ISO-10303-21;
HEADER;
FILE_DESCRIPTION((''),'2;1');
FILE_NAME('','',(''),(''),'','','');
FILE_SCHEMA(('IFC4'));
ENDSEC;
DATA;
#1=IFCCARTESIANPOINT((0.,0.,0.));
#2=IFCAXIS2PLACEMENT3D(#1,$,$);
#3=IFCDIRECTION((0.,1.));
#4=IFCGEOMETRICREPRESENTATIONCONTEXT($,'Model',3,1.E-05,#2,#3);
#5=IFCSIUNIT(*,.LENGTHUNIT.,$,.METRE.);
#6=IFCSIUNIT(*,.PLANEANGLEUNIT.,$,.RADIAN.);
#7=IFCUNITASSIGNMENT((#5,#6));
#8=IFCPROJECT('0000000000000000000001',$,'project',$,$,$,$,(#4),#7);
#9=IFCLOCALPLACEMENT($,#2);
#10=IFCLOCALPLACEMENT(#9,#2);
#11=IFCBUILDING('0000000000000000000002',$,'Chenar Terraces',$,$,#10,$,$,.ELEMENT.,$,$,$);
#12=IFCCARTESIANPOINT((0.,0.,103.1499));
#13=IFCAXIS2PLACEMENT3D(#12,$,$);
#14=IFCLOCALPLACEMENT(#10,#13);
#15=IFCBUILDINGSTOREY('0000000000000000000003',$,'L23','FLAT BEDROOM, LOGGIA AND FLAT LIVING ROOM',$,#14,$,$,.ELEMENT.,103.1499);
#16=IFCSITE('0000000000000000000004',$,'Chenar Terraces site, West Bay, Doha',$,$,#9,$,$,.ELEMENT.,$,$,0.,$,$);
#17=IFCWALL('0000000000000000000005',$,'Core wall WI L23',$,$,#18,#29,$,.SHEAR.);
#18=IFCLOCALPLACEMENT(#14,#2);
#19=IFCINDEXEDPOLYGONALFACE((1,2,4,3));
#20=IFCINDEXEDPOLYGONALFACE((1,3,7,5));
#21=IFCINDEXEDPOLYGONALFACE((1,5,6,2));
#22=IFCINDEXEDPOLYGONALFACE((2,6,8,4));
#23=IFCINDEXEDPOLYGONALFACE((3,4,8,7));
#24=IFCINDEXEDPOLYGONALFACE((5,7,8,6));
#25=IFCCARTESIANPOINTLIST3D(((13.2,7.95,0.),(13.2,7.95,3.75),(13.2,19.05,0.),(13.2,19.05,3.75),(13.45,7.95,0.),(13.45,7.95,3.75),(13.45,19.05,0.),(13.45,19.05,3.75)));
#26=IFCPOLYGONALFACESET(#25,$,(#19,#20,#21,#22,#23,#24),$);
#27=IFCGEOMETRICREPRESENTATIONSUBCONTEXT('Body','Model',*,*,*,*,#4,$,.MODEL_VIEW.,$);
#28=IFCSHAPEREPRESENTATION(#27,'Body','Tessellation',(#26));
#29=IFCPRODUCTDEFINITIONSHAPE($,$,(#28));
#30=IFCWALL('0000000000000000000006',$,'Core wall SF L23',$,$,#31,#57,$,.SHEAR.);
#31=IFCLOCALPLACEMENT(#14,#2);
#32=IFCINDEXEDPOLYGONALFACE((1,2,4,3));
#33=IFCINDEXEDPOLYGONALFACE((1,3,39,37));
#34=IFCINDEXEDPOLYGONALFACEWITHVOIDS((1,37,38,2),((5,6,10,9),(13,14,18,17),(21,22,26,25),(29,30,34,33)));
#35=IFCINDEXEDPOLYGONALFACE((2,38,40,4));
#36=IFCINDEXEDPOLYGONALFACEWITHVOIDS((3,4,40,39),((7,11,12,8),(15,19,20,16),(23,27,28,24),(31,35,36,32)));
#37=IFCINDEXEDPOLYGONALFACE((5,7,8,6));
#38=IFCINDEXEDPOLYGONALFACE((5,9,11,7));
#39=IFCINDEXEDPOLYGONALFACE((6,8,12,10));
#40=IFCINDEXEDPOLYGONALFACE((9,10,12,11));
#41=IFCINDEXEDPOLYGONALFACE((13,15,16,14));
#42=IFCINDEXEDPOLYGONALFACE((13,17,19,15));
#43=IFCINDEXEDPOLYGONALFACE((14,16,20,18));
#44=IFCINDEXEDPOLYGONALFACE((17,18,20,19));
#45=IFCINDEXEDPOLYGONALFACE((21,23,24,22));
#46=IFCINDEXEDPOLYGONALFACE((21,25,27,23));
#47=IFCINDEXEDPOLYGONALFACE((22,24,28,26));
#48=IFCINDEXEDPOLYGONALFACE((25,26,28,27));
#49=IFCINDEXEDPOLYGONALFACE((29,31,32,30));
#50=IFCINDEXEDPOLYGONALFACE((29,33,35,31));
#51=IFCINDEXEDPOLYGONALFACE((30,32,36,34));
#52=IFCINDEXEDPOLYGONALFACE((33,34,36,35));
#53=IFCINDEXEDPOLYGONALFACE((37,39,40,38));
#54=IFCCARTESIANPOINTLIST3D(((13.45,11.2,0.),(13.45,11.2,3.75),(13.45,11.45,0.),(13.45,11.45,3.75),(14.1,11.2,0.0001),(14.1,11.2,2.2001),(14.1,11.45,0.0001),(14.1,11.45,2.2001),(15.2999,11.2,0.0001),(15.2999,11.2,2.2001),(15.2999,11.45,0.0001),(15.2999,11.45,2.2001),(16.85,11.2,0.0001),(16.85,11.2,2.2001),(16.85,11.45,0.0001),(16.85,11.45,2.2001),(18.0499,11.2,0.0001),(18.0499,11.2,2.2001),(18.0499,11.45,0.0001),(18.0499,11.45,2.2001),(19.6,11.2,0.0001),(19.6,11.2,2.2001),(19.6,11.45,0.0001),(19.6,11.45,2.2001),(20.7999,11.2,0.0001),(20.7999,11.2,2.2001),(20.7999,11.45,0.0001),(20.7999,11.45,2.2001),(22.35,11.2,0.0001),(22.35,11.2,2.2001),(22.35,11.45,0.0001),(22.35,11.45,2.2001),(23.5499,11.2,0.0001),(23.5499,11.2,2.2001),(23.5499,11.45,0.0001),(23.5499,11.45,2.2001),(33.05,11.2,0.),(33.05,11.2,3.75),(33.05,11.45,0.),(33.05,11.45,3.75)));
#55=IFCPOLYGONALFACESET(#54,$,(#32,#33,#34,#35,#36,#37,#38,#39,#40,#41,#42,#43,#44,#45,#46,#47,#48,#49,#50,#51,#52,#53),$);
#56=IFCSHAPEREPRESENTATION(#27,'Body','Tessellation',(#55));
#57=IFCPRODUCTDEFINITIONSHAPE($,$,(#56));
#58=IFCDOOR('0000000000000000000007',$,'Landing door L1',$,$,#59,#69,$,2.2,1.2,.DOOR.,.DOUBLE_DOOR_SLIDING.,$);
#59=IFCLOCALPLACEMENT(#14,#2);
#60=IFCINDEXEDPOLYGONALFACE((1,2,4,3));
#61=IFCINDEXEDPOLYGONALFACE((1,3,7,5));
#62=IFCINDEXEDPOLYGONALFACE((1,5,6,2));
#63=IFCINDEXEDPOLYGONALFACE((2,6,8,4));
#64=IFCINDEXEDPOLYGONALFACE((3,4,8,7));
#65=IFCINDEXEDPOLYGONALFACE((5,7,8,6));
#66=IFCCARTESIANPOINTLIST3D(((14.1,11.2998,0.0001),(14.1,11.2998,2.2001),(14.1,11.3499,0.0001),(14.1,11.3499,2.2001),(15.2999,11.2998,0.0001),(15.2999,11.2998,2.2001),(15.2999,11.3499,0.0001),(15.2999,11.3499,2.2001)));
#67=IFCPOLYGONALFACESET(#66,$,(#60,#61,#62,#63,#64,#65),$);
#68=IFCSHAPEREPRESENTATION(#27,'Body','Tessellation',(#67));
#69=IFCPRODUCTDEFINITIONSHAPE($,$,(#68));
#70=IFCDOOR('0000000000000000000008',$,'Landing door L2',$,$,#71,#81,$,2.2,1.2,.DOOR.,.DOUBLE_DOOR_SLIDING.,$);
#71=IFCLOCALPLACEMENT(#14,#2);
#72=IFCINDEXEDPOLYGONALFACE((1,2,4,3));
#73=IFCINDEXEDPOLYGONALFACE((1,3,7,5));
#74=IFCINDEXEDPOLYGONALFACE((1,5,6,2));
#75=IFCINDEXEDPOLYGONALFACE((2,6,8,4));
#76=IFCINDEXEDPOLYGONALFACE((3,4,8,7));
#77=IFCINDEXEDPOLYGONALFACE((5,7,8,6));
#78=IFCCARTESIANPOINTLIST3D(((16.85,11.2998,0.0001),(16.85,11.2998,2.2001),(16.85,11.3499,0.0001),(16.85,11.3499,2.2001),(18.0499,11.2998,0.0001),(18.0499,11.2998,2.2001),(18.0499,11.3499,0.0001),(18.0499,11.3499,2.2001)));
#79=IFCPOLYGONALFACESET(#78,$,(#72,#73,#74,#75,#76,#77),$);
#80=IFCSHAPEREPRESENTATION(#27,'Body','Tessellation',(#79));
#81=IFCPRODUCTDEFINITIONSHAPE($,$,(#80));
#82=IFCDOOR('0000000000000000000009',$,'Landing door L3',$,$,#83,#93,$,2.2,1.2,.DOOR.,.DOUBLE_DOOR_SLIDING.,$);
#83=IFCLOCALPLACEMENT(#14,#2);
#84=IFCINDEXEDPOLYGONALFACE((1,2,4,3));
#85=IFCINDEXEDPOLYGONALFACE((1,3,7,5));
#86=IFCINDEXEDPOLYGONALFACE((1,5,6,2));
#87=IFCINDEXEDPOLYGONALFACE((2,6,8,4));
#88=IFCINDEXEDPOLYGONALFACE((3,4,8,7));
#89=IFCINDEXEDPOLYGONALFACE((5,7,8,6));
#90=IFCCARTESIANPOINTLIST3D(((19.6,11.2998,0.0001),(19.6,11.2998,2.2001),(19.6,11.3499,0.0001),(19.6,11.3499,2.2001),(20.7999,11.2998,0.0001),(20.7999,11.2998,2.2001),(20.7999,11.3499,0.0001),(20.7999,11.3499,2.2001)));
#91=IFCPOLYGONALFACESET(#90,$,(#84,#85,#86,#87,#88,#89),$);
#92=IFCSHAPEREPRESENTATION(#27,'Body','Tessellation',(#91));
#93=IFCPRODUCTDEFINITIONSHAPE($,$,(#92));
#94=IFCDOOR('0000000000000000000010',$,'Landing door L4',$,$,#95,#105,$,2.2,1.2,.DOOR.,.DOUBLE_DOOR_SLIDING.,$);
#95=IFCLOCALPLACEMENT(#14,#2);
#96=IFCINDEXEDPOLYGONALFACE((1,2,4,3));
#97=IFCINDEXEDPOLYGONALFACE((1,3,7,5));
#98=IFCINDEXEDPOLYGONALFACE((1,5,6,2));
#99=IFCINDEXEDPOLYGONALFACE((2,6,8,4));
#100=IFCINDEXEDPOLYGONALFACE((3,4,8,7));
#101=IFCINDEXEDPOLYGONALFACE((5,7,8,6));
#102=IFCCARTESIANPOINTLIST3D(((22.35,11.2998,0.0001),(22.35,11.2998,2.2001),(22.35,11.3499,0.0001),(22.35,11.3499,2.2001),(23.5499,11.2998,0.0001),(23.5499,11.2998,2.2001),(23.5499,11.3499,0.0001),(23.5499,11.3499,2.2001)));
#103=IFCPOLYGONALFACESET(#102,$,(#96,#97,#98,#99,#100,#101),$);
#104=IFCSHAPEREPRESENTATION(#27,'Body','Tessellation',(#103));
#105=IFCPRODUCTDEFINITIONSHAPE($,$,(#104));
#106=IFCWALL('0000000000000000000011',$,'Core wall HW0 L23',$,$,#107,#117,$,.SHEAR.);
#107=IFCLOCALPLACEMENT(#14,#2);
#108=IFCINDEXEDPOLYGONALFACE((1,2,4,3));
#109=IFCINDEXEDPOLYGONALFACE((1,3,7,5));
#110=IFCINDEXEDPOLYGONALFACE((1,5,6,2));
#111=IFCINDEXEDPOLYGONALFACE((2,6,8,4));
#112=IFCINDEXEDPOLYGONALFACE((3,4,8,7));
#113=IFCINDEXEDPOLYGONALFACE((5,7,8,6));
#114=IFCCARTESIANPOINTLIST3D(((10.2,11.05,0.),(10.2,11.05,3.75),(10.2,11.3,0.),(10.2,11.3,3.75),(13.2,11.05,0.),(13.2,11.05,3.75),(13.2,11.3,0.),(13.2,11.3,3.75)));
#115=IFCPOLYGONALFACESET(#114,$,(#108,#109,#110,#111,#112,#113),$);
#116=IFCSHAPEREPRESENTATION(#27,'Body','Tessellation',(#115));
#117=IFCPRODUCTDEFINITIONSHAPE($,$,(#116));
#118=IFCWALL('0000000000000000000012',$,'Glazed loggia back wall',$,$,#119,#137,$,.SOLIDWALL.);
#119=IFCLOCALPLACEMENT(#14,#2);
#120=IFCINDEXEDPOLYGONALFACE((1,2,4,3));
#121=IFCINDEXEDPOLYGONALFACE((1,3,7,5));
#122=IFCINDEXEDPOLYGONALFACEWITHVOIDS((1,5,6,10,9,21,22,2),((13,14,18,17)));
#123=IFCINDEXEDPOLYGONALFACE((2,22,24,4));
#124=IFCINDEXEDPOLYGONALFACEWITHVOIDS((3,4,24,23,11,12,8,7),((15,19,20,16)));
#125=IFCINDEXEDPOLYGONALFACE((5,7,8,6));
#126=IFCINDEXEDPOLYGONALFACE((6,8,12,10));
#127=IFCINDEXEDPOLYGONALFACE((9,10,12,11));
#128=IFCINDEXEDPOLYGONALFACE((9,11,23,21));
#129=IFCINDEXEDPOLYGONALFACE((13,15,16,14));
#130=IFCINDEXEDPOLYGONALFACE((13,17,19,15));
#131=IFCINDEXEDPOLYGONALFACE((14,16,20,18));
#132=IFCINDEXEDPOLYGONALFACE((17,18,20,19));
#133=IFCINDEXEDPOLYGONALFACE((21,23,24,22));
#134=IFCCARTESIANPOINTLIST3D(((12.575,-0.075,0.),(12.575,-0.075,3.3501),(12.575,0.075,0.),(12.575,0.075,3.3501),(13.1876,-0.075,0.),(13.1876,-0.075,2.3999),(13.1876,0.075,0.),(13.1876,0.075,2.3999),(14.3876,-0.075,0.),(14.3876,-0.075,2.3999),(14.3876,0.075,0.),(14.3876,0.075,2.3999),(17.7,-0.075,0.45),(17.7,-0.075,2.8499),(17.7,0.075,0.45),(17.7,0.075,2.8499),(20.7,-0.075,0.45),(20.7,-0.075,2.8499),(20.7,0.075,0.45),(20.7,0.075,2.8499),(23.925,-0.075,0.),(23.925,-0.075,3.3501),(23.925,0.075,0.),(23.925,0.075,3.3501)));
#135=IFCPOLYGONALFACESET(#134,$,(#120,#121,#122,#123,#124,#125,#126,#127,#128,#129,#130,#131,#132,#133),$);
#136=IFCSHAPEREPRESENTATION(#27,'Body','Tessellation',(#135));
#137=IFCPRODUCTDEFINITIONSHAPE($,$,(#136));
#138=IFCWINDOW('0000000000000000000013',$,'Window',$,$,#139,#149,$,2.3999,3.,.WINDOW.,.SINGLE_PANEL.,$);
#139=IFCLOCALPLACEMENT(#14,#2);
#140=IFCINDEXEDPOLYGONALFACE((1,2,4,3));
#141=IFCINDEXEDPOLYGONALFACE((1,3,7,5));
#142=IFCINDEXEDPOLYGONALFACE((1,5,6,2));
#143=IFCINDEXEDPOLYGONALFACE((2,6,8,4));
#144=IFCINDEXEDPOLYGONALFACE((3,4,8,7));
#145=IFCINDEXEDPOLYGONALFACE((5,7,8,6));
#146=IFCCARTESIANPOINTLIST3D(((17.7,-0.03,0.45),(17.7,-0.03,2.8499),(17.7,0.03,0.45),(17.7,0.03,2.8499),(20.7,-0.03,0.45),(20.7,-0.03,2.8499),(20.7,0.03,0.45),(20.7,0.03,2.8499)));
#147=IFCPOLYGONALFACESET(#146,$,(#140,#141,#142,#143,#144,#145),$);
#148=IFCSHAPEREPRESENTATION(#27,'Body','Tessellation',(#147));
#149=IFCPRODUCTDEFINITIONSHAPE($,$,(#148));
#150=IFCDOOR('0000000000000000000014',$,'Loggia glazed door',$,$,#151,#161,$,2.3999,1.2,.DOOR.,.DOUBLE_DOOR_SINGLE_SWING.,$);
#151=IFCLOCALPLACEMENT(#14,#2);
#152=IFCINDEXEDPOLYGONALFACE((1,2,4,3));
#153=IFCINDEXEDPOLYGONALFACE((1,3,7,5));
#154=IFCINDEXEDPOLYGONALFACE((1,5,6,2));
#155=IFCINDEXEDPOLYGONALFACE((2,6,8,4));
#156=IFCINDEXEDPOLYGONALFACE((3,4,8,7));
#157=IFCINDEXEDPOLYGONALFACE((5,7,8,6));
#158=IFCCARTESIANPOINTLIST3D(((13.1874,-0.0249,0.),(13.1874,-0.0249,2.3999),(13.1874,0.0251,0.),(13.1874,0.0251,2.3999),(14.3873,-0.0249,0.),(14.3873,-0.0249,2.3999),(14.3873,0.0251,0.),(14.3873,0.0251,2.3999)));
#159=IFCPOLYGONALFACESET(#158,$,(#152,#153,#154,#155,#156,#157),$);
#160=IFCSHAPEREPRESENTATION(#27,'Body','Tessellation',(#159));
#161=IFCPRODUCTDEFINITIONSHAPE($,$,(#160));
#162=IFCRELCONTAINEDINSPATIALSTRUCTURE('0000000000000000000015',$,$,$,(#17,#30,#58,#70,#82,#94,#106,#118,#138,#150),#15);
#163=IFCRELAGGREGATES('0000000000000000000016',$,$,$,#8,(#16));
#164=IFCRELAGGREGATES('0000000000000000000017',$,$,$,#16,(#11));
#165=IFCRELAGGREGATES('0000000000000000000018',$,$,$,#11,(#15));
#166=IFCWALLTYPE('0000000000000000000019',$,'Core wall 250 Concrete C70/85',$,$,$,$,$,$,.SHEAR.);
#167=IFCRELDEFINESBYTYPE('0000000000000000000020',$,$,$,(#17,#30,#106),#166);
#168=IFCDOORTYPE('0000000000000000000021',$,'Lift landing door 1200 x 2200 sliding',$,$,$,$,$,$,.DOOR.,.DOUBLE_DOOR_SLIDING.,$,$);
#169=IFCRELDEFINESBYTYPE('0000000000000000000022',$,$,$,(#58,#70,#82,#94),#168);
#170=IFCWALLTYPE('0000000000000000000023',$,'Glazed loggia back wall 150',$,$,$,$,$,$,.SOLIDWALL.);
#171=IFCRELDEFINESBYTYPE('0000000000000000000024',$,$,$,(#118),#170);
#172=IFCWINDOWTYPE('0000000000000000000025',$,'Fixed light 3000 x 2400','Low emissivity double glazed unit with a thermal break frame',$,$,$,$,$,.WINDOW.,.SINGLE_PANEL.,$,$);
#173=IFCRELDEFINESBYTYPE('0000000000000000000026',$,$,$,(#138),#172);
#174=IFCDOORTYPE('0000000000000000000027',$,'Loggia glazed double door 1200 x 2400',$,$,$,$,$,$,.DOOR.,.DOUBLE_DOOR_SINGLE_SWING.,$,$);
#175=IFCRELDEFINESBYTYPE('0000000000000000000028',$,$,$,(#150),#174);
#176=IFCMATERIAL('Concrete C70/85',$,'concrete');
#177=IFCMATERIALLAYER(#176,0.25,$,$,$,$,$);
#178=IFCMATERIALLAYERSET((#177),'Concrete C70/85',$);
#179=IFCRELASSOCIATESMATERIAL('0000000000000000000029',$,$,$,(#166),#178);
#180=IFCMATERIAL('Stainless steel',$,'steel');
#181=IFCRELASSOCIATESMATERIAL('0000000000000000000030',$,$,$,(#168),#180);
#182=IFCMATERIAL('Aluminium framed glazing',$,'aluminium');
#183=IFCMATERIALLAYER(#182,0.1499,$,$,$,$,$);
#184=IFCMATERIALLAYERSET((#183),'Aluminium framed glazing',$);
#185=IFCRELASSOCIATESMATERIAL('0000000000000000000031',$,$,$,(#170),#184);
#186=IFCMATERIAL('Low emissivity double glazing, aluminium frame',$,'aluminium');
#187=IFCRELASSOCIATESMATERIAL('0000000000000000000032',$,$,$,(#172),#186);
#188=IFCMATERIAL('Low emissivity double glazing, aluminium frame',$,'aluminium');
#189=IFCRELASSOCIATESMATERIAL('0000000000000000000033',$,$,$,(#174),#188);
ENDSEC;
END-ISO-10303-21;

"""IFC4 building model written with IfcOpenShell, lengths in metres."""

from ifc_helpers import new_model, si_unit, direction, frame, frame_2d, origin, place, context, subcontext, project, spatial, rectangle, extrude, material, layer, layer_set, type_object, element, fill, save


model = new_model("IFC4")

# Units and contexts
model_context = context("Model", 3, precision=1e-05, world=origin(), true_north=direction((0.0, 1.0)))
body_context = subcontext(model_context, "Body", "Model", "MODEL_VIEW")
ifc_project = project(units=[si_unit("LENGTHUNIT", "METRE"), si_unit("PLANEANGLEUNIT", "RADIAN")], contexts=[model_context])

# Site, building, storey
site_placement = place(None, origin())
site = spatial("IfcSite", under=ifc_project, at=site_placement, Name="Chenar Terraces site, West Bay, Doha", CompositionType="ELEMENT", RefElevation=0.0)
building_placement = place(site_placement, origin())
building = spatial("IfcBuilding", under=site, at=building_placement, Name="Chenar Terraces", CompositionType="ELEMENT")
storey_placement = place(building_placement, frame((0.0, 0.0, 103.1499)))
storey = spatial("IfcBuildingStorey", under=building, at=storey_placement, Name="L23", Description="FLAT BEDROOM, LOGGIA AND FLAT LIVING ROOM", CompositionType="ELEMENT", Elevation=103.1499)

# Wall
ifc_material_1 = material(Name="Concrete C70/85", Category="concrete")
ifc_layer_1 = layer(ifc_material_1, 0.25)
ifc_layer_set_1 = layer_set([ifc_layer_1], Name="Concrete C70/85")
wall_type_1 = type_object("IfcWallType", Name="Core wall 250 Concrete C70/85", PredefinedType="SHEAR", material=ifc_layer_set_1)
wall_1_placement = place(storey_placement, frame((13.325, 7.95, 0.0), z_axis=(0.0, 0.0, 1.0), x_axis=(0.0, 1.0, 0.0)))
element("IfcWall", 1, at=wall_1_placement, inside=storey, type_object=wall_type_1, Name="Core wall WI L23", PredefinedType="SHEAR", context=body_context, shape_type="SweptSolid", body=[
    extrude(rectangle(XDim=11.1001, YDim=0.25, at=frame_2d((5.55, 0.0))), origin(), (0.0, 0.0, 1.0), 3.75),
])

# Wall, openings, doors
wall_2_placement = place(storey_placement, frame((13.45, 11.325, 0.0), z_axis=(0.0, 0.0, 1.0), x_axis=(1.0, 0.0, 0.0)))
wall_2 = element("IfcWall", 2, at=wall_2_placement, inside=storey, type_object=wall_type_1, Name="Core wall SF L23", PredefinedType="SHEAR", context=body_context, shape_type="SweptSolid", body=[
    extrude(rectangle(XDim=19.6001, YDim=0.25, at=frame_2d((9.8, 0.0))), origin(), (0.0, 0.0, 1.0), 3.75),
])
opening_1_placement = place(wall_2_placement, frame((0.6499, 0.0, 0.0)))
opening_1 = element("IfcOpeningElement", 3, at=opening_1_placement, cuts=wall_2, PredefinedType="OPENING", context=body_context, shape_type="SweptSolid", body=[
    extrude(rectangle(XDim=1.2, YDim=2.2, at=frame_2d((0.6001, 1.1001))), frame((0.0, 0.135, 0.0), z_axis=(0.0, -1.0, 0.0), x_axis=(1.0, 0.0, 0.0)), (0.0, 0.0, 1.0), 0.27),
])
opening_2_placement = place(wall_2_placement, frame((3.3999, 0.0, 0.0)))
opening_2 = element("IfcOpeningElement", 4, at=opening_2_placement, cuts=wall_2, PredefinedType="OPENING", context=body_context, shape_type="SweptSolid", body=[
    extrude(rectangle(XDim=1.2, YDim=2.2, at=frame_2d((0.6001, 1.1001))), frame((0.0, 0.135, 0.0), z_axis=(0.0, -1.0, 0.0), x_axis=(1.0, 0.0, 0.0)), (0.0, 0.0, 1.0), 0.27),
])
opening_3_placement = place(wall_2_placement, frame((6.1499, 0.0, 0.0)))
opening_3 = element("IfcOpeningElement", 5, at=opening_3_placement, cuts=wall_2, PredefinedType="OPENING", context=body_context, shape_type="SweptSolid", body=[
    extrude(rectangle(XDim=1.2, YDim=2.2, at=frame_2d((0.6001, 1.1001))), frame((0.0, 0.135, 0.0), z_axis=(0.0, -1.0, 0.0), x_axis=(1.0, 0.0, 0.0)), (0.0, 0.0, 1.0), 0.27),
])
opening_4_placement = place(wall_2_placement, frame((8.8999, 0.0, 0.0)))
opening_4 = element("IfcOpeningElement", 6, at=opening_4_placement, cuts=wall_2, PredefinedType="OPENING", context=body_context, shape_type="SweptSolid", body=[
    extrude(rectangle(XDim=1.2, YDim=2.2, at=frame_2d((0.6001, 1.1001))), frame((0.0, 0.135, 0.0), z_axis=(0.0, -1.0, 0.0), x_axis=(1.0, 0.0, 0.0)), (0.0, 0.0, 1.0), 0.27),
])
ifc_material_2 = material(Name="Stainless steel", Category="steel")
door_type_1 = type_object("IfcDoorType", Name="Lift landing door 1200 x 2200 sliding", OperationType="DOUBLE_DOOR_SLIDING", PredefinedType="DOOR", material=ifc_material_2)
door_1_placement = place(opening_1_placement, origin())
door_1 = element("IfcDoor", 7, at=door_1_placement, inside=storey, type_object=door_type_1, Name="Landing door L1", OperationType="DOUBLE_DOOR_SLIDING", OverallHeight=2.2, OverallWidth=1.2, PredefinedType="DOOR", context=body_context, shape_type="SweptSolid", body=[
    extrude(rectangle(XDim=1.2, YDim=2.2, at=frame_2d((0.6001, 1.1001))), frame((0.0, 0.0249, 0.0), z_axis=(0.0, -1.0, 0.0), x_axis=(1.0, 0.0, 0.0)), (0.0, 0.0, 1.0), 0.05),
])
fill(opening_1, door_1)
door_2_placement = place(opening_2_placement, origin())
door_2 = element("IfcDoor", 8, at=door_2_placement, inside=storey, type_object=door_type_1, Name="Landing door L2", OperationType="DOUBLE_DOOR_SLIDING", OverallHeight=2.2, OverallWidth=1.2, PredefinedType="DOOR", context=body_context, shape_type="SweptSolid", body=[
    extrude(rectangle(XDim=1.2, YDim=2.2, at=frame_2d((0.6001, 1.1001))), frame((0.0, 0.0249, 0.0), z_axis=(0.0, -1.0, 0.0), x_axis=(1.0, 0.0, 0.0)), (0.0, 0.0, 1.0), 0.05),
])
fill(opening_2, door_2)
door_3_placement = place(opening_3_placement, origin())
door_3 = element("IfcDoor", 9, at=door_3_placement, inside=storey, type_object=door_type_1, Name="Landing door L3", OperationType="DOUBLE_DOOR_SLIDING", OverallHeight=2.2, OverallWidth=1.2, PredefinedType="DOOR", context=body_context, shape_type="SweptSolid", body=[
    extrude(rectangle(XDim=1.2, YDim=2.2, at=frame_2d((0.6001, 1.1001))), frame((0.0, 0.0249, 0.0), z_axis=(0.0, -1.0, 0.0), x_axis=(1.0, 0.0, 0.0)), (0.0, 0.0, 1.0), 0.05),
])
fill(opening_3, door_3)
door_4_placement = place(opening_4_placement, origin())
door_4 = element("IfcDoor", 10, at=door_4_placement, inside=storey, type_object=door_type_1, Name="Landing door L4", OperationType="DOUBLE_DOOR_SLIDING", OverallHeight=2.2, OverallWidth=1.2, PredefinedType="DOOR", context=body_context, shape_type="SweptSolid", body=[
    extrude(rectangle(XDim=1.2, YDim=2.2, at=frame_2d((0.6001, 1.1001))), frame((0.0, 0.0249, 0.0), z_axis=(0.0, -1.0, 0.0), x_axis=(1.0, 0.0, 0.0)), (0.0, 0.0, 1.0), 0.05),
])
fill(opening_4, door_4)

# Wall
wall_3_placement = place(storey_placement, frame((10.2, 11.175, 0.0), z_axis=(0.0, 0.0, 1.0), x_axis=(1.0, 0.0, 0.0)))
element("IfcWall", 11, at=wall_3_placement, inside=storey, type_object=wall_type_1, Name="Core wall HW0 L23", PredefinedType="SHEAR", context=body_context, shape_type="SweptSolid", body=[
    extrude(rectangle(XDim=3.0, YDim=0.25, at=frame_2d((1.5, 0.0))), origin(), (0.0, 0.0, 1.0), 3.75),
])

# Wall, openings, window, door
ifc_material_3 = material(Name="Aluminium framed glazing", Category="aluminium")
ifc_layer_2 = layer(ifc_material_3, 0.1499)
ifc_layer_set_2 = layer_set([ifc_layer_2], Name="Aluminium framed glazing")
wall_type_2 = type_object("IfcWallType", Name="Glazed loggia back wall 150", PredefinedType="SOLIDWALL", material=ifc_layer_set_2)
wall_4_placement = place(storey_placement, frame((12.575, 0.0, 0.0), z_axis=(0.0, 0.0, 1.0), x_axis=(1.0, 0.0, 0.0)))
wall_4 = element("IfcWall", 12, at=wall_4_placement, inside=storey, type_object=wall_type_2, Name="Glazed loggia back wall", PredefinedType="SOLIDWALL", context=body_context, shape_type="SweptSolid", body=[
    extrude(rectangle(XDim=11.3501, YDim=0.1499, at=frame_2d((5.675, 0.0))), origin(), (0.0, 0.0, 1.0), 3.3501),
])
opening_5_placement = place(wall_4_placement, frame((0.6125, 0.0, 0.0)))
opening_5 = element("IfcOpeningElement", 13, at=opening_5_placement, cuts=wall_4, PredefinedType="OPENING", context=body_context, shape_type="SweptSolid", body=[
    extrude(rectangle(XDim=1.2, YDim=2.3999, at=frame_2d((0.6001, 1.2))), frame((0.0, 0.085, 0.0), z_axis=(0.0, -1.0, 0.0), x_axis=(1.0, 0.0, 0.0)), (0.0, 0.0, 1.0), 0.1699),
])
opening_6_placement = place(wall_4_placement, frame((5.125, 0.0, 0.45)))
opening_6 = element("IfcOpeningElement", 14, at=opening_6_placement, cuts=wall_4, PredefinedType="OPENING", context=body_context, shape_type="SweptSolid", body=[
    extrude(rectangle(XDim=3.0, YDim=2.3999, at=frame_2d((1.5, 1.2))), frame((0.0, 0.085, 0.0), z_axis=(0.0, -1.0, 0.0), x_axis=(1.0, 0.0, 0.0)), (0.0, 0.0, 1.0), 0.1699),
])
ifc_material_4 = material(Name="Low emissivity double glazing, aluminium frame", Category="aluminium")
window_type = type_object("IfcWindowType", Name="Fixed light 3000 x 2400", Description="Low emissivity double glazed unit with a thermal break frame", PartitioningType="SINGLE_PANEL", PredefinedType="WINDOW", material=ifc_material_4)
window_placement = place(opening_6_placement, origin())
window = element("IfcWindow", 15, at=window_placement, inside=storey, type_object=window_type, Name="Window", OverallHeight=2.3999, OverallWidth=3.0, PartitioningType="SINGLE_PANEL", PredefinedType="WINDOW", context=body_context, shape_type="SweptSolid", body=[
    extrude(rectangle(XDim=3.0, YDim=2.3999, at=frame_2d((1.5, 1.2))), frame((0.0, 0.03, 0.0), z_axis=(0.0, -1.0, 0.0), x_axis=(1.0, 0.0, 0.0)), (0.0, 0.0, 1.0), 0.0601),
])
fill(opening_6, window)
ifc_material_5 = material(Name="Low emissivity double glazing, aluminium frame", Category="aluminium")
door_type_2 = type_object("IfcDoorType", Name="Loggia glazed double door 1200 x 2400", OperationType="DOUBLE_DOOR_SINGLE_SWING", PredefinedType="DOOR", material=ifc_material_5)
door_5_placement = place(opening_5_placement, frame((1.2, 0.0, 0.0), z_axis=(0.0, 0.0, 1.0), x_axis=(-1.0, 0.0, 0.0)))
door_5 = element("IfcDoor", 16, at=door_5_placement, inside=storey, type_object=door_type_2, Name="Loggia glazed door", OperationType="DOUBLE_DOOR_SINGLE_SWING", OverallHeight=2.3999, OverallWidth=1.2, PredefinedType="DOOR", context=body_context, shape_type="SweptSolid", body=[
    extrude(rectangle(XDim=1.2, YDim=2.3999, at=frame_2d((0.6001, 1.2))), frame((0.0, 0.0249, 0.0), z_axis=(0.0, -1.0, 0.0), x_axis=(1.0, 0.0, 0.0)), (0.0, 0.0, 1.0), 0.05),
])
fill(opening_5, door_5)

save(model, "model.ifc")
